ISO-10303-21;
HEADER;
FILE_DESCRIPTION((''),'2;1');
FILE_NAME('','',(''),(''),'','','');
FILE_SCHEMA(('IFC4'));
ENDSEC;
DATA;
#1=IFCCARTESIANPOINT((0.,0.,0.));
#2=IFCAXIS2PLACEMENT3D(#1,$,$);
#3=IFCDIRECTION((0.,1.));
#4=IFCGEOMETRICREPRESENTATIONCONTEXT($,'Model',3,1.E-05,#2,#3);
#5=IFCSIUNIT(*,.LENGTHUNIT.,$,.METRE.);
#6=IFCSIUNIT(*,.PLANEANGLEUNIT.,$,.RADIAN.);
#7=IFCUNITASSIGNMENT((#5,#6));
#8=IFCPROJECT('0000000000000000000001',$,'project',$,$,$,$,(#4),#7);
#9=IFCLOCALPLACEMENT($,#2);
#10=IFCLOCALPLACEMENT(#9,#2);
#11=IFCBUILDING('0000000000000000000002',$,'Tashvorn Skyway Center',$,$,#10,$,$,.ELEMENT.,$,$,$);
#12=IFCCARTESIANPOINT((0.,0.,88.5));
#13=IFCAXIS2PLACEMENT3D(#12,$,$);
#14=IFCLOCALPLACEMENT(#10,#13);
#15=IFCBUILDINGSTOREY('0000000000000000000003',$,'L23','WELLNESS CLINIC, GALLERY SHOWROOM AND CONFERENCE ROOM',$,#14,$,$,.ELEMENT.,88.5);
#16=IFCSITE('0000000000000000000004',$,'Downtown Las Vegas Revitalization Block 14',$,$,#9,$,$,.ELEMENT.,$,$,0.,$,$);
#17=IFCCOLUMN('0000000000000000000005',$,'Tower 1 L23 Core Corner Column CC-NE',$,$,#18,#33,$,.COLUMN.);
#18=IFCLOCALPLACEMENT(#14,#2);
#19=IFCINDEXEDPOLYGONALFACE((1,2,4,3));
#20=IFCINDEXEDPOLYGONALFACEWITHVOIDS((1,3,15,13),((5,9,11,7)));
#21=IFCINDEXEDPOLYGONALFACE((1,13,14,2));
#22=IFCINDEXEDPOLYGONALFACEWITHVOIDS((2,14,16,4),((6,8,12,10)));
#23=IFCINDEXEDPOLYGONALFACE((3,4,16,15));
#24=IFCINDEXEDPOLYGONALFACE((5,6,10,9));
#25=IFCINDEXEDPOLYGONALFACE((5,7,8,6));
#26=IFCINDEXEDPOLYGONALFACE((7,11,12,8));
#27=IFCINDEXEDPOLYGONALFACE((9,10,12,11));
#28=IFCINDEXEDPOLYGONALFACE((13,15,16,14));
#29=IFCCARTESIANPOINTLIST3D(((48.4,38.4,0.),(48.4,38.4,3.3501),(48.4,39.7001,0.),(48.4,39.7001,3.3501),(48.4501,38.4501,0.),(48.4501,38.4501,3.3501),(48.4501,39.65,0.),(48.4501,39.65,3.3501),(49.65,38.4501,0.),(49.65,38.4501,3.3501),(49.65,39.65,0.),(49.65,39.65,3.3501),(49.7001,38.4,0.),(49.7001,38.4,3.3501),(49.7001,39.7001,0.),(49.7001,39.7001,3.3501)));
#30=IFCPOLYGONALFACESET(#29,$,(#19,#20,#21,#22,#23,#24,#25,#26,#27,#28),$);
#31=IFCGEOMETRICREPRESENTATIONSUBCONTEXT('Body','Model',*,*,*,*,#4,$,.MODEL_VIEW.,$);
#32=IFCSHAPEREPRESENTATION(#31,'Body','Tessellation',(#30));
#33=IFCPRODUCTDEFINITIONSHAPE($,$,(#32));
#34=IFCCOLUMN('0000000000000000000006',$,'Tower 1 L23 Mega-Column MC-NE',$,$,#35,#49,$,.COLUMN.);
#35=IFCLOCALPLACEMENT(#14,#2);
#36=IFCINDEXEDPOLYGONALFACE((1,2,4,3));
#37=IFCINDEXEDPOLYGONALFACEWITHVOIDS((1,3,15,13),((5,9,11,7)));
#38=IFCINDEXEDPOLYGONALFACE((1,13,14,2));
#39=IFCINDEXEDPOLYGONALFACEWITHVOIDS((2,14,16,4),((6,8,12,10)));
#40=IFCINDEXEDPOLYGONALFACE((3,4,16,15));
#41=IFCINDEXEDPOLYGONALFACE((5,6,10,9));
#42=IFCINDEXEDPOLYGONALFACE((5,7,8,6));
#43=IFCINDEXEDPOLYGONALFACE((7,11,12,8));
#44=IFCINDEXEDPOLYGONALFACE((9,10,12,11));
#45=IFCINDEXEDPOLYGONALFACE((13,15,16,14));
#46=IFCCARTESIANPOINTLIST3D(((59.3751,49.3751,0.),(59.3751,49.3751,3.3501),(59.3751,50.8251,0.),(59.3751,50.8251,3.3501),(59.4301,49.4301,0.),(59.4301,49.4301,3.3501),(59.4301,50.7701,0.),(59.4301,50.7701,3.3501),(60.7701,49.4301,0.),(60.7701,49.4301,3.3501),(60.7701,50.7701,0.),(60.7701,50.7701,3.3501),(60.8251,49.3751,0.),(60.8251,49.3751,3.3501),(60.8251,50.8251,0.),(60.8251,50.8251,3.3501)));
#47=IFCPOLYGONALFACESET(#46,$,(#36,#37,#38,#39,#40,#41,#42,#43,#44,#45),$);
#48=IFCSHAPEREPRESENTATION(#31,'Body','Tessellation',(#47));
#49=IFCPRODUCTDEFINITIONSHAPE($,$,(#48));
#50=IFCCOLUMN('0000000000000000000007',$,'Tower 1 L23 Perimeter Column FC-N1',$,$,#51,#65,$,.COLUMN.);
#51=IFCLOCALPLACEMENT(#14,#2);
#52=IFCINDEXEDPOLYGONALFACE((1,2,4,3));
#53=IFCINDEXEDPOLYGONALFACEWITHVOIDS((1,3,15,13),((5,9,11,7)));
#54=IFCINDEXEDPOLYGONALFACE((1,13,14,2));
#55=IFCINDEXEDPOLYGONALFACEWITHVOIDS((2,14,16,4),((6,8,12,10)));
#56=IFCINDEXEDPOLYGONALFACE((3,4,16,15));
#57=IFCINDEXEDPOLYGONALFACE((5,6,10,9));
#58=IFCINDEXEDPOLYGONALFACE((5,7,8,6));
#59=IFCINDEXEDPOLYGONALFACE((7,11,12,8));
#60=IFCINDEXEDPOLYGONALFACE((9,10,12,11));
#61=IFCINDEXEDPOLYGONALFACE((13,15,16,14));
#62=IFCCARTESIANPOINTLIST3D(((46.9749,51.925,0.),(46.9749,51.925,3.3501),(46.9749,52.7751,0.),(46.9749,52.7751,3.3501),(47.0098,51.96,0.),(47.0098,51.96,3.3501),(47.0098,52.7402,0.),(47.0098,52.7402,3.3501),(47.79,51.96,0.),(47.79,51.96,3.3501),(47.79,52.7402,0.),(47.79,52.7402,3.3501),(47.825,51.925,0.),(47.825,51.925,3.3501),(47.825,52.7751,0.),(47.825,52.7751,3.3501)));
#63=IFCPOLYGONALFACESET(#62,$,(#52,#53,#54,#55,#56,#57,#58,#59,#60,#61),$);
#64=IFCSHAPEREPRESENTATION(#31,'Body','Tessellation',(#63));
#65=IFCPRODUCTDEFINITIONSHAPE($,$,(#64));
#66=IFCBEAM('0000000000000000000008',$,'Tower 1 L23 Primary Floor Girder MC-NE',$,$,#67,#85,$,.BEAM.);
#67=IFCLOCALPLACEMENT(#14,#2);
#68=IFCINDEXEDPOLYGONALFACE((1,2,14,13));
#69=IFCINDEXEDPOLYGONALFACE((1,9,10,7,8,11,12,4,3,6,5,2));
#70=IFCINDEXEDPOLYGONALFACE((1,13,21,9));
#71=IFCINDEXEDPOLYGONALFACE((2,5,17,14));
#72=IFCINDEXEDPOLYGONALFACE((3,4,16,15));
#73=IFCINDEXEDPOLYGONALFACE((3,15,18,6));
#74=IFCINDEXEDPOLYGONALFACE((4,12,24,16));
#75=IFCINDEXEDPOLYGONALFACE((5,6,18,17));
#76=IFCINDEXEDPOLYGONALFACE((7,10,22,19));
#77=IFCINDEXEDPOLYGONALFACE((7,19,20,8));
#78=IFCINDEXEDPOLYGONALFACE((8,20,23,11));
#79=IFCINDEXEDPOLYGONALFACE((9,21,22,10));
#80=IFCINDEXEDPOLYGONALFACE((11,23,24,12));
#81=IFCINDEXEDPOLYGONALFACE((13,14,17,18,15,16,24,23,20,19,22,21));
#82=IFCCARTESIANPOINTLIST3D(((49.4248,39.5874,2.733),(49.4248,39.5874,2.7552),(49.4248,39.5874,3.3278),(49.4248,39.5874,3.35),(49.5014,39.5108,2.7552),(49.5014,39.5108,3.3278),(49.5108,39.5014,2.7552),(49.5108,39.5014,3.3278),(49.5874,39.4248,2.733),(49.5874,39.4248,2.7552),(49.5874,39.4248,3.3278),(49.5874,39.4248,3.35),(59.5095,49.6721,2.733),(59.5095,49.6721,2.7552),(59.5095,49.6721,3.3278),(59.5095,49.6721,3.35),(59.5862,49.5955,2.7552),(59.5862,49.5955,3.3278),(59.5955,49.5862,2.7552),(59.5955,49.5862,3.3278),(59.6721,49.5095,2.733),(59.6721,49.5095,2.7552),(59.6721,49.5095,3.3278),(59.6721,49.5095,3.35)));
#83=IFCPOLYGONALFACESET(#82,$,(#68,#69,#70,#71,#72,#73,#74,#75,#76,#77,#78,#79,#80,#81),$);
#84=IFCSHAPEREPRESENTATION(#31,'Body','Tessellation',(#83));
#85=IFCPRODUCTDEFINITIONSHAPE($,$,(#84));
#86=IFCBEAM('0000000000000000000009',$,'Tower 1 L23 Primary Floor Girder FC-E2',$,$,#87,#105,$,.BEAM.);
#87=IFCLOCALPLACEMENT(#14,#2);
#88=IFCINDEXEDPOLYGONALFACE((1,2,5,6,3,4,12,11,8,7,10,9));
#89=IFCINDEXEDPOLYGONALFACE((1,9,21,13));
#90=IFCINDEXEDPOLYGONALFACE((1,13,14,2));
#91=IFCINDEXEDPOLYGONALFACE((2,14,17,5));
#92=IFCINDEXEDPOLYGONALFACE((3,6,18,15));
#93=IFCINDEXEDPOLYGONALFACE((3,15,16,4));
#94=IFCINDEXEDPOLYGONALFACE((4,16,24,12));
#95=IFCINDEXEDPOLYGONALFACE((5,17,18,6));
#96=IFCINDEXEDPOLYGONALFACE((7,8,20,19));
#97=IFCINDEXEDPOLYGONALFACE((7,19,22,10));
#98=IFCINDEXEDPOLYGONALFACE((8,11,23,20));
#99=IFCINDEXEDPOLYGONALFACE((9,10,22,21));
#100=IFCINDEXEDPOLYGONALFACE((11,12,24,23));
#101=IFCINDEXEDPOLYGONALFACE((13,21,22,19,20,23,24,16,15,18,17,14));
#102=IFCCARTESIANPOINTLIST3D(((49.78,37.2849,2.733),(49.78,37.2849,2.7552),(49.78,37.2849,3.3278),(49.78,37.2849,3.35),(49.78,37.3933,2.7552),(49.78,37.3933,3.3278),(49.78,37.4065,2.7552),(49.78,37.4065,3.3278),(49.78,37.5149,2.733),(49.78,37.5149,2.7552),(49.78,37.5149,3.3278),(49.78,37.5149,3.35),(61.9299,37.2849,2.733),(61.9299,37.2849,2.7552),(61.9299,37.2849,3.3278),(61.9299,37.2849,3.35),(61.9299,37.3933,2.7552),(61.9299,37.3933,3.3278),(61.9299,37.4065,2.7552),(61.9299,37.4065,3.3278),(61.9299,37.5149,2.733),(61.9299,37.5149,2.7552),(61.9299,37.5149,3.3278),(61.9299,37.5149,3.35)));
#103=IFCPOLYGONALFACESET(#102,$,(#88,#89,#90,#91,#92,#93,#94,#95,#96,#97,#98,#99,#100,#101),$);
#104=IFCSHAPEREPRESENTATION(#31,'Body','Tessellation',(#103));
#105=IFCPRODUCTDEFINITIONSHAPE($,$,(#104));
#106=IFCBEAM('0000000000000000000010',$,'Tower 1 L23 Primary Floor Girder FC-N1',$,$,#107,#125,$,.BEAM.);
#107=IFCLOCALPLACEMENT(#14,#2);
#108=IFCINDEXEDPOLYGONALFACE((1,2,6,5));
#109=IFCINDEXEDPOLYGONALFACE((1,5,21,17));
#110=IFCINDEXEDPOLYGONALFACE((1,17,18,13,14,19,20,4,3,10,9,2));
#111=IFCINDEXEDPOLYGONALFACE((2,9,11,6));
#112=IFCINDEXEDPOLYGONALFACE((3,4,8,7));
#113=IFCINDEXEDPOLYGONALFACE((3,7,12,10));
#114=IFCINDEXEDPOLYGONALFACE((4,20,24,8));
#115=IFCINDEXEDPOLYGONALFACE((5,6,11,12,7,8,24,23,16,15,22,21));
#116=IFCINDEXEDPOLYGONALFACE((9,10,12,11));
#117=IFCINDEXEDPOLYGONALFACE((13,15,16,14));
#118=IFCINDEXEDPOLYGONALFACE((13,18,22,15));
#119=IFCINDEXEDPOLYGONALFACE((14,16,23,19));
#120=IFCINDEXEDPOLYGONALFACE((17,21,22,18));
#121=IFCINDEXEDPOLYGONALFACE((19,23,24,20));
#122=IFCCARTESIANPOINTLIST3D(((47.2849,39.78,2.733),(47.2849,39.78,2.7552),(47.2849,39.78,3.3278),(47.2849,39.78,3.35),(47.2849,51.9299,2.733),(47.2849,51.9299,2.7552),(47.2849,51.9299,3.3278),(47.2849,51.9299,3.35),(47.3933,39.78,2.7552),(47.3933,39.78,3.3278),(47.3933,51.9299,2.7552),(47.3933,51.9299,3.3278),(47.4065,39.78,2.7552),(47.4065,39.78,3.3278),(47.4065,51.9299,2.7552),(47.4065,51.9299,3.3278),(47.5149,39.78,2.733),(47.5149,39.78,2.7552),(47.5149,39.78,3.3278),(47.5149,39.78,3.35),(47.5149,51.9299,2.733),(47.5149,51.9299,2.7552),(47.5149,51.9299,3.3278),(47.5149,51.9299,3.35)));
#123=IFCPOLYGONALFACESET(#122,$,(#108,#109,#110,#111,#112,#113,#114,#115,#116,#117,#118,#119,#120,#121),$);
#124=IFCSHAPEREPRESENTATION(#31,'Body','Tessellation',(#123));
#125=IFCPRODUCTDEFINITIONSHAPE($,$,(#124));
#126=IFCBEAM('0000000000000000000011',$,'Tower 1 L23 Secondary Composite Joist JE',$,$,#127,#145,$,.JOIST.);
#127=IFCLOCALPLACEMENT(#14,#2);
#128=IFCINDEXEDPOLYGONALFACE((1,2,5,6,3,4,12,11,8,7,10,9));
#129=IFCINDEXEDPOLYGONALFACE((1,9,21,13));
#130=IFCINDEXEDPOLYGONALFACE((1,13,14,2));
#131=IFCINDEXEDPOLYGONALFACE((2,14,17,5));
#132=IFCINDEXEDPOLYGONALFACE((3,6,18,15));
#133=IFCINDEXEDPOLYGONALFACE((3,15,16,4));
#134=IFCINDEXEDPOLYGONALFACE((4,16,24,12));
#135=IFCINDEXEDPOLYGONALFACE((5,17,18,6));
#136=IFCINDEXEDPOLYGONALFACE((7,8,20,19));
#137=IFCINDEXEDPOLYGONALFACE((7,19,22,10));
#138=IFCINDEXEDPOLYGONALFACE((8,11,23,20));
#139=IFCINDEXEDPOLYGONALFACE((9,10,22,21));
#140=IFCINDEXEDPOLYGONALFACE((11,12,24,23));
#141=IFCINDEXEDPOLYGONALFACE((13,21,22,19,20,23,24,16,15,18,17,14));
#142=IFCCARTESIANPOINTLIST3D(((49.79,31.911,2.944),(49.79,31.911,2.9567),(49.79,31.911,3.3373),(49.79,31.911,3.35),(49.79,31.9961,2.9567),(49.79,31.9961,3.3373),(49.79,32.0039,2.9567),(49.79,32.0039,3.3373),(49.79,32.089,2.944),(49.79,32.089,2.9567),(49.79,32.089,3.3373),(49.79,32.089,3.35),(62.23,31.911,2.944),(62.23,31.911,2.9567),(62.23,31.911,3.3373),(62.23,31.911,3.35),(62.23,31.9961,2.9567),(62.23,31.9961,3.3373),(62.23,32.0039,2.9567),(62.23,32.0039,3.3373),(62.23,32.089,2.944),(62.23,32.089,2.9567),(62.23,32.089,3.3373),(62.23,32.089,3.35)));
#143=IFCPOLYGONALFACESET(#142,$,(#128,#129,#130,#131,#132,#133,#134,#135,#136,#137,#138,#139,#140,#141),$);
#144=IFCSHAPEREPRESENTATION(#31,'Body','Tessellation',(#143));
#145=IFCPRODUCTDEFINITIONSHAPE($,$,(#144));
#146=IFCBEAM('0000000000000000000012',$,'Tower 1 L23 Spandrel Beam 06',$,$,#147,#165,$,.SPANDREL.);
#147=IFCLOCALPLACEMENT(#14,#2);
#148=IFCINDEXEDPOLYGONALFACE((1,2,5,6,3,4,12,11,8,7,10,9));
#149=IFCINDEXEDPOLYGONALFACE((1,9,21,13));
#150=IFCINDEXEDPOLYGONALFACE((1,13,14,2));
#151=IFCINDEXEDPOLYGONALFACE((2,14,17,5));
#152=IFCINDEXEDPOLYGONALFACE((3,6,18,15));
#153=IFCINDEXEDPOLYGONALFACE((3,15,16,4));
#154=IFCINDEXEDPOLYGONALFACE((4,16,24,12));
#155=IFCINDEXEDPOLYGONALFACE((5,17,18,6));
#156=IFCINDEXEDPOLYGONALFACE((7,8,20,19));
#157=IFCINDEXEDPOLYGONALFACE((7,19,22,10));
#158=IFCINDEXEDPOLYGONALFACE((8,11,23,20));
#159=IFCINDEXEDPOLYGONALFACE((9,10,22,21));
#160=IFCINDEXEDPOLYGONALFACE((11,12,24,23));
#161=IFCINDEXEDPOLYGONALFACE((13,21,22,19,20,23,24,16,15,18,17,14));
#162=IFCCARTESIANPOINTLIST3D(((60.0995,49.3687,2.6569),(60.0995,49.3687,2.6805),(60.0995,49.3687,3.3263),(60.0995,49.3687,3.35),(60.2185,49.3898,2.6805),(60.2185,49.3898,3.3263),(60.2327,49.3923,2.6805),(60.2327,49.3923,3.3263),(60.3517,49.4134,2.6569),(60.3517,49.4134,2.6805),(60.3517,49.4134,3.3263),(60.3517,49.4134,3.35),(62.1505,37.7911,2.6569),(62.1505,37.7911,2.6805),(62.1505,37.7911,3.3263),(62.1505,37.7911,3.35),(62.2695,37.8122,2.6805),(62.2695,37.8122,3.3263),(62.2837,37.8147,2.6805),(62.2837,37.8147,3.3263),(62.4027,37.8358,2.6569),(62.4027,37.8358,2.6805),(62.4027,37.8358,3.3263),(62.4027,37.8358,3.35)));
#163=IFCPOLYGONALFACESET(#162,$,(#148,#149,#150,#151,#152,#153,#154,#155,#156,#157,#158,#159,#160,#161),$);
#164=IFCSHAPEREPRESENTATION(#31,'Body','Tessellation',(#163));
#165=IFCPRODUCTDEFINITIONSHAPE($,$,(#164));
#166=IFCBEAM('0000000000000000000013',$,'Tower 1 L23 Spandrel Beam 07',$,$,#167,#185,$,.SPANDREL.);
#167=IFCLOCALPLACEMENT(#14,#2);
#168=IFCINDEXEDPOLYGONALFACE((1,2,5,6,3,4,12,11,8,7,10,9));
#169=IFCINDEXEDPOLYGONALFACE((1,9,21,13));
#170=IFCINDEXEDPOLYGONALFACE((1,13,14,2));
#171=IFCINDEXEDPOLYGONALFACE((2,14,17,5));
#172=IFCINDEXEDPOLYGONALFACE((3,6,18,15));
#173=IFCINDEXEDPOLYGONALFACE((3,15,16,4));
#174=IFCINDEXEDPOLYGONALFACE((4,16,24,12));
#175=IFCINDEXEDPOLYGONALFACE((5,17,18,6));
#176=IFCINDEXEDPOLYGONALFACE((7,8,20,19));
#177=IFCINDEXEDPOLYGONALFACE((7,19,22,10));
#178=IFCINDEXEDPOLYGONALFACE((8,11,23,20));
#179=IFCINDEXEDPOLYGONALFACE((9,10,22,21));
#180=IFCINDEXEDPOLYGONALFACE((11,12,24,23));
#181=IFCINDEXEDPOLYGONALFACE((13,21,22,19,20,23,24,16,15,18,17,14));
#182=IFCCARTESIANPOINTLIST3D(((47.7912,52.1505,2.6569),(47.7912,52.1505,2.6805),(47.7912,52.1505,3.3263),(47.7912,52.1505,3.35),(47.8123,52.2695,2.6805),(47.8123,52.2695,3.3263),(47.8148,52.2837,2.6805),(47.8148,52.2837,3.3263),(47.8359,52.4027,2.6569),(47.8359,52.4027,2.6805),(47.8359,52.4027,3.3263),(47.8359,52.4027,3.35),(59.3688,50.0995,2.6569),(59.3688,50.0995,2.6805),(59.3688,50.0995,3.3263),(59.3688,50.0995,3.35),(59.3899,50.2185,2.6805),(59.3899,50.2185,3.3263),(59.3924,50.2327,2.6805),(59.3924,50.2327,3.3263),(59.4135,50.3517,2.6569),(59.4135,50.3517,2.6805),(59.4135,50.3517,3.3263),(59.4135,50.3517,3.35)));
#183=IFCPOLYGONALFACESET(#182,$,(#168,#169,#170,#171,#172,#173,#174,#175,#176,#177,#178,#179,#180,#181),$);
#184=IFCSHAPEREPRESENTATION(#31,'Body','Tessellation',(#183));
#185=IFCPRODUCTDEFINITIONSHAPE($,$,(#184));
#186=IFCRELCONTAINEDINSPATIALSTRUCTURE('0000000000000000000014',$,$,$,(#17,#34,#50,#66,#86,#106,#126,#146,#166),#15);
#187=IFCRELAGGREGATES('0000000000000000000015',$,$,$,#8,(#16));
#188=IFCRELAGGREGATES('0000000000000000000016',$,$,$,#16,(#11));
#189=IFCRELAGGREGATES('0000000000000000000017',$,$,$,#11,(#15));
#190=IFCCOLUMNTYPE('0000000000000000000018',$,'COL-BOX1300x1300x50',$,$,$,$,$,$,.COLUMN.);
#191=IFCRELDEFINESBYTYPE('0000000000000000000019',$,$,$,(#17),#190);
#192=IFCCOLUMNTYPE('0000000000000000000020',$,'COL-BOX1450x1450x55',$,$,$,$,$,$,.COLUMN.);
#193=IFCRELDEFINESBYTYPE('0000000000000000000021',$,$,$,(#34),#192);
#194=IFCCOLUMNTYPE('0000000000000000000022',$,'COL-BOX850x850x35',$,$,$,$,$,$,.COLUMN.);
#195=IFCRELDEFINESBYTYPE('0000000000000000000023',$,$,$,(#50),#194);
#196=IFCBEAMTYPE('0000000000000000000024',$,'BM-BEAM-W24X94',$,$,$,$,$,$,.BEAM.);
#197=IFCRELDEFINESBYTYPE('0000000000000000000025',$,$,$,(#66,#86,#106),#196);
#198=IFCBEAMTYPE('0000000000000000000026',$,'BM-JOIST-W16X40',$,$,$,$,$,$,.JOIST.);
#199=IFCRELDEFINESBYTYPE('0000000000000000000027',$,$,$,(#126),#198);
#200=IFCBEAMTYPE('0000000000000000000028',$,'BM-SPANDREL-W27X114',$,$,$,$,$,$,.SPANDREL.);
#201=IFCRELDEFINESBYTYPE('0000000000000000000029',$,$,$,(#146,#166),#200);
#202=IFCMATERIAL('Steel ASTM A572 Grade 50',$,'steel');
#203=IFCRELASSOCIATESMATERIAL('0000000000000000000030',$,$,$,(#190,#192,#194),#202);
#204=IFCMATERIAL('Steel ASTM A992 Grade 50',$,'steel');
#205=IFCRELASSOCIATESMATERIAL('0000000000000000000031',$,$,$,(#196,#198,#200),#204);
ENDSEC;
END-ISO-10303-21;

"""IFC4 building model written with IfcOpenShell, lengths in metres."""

from ifc_helpers import new_model, si_unit, direction, frame, origin, origin_2d, place, context, subcontext, project, spatial, hollow_rectangle, i_section, extrude, material, material_profile, profile_set, type_object, element, save


model = new_model("IFC4")

# Units and contexts
model_context = context("Model", 3, precision=1e-05, world=origin(), true_north=direction((0.0, 1.0)))
body_context = subcontext(model_context, "Body", "Model", "MODEL_VIEW")
ifc_project = project(units=[si_unit("LENGTHUNIT", "METRE"), si_unit("PLANEANGLEUNIT", "RADIAN")], contexts=[model_context])

# Site, building, storey
site_placement = place(None, origin())
site = spatial("IfcSite", under=ifc_project, at=site_placement, Name="Downtown Las Vegas Revitalization Block 14", CompositionType="ELEMENT", RefElevation=0.0)
building_placement = place(site_placement, origin())
building = spatial("IfcBuilding", under=site, at=building_placement, Name="Tashvorn Skyway Center", CompositionType="ELEMENT")
storey_placement = place(building_placement, frame((0.0, 0.0, 88.5)))
storey = spatial("IfcBuildingStorey", under=building, at=storey_placement, Name="L23", Description="WELLNESS CLINIC, GALLERY SHOWROOM AND CONFERENCE ROOM", CompositionType="ELEMENT", Elevation=88.5)

# Columns
ifc_material_1 = material(Name="Steel ASTM A572 Grade 50", Category="steel")
ifc_material_profile_1 = material_profile(ifc_material_1, hollow_rectangle(XDim=1.3, YDim=1.3, WallThickness=0.05, at=origin_2d()), Name="BOX1300x1300x50")
ifc_profile_set_1 = profile_set([ifc_material_profile_1], Name="Steel ASTM A572 Grade 50")
column_type_1 = type_object("IfcColumnType", Name="COL-BOX1300x1300x50", PredefinedType="COLUMN", material=ifc_profile_set_1)
column_1_placement = place(storey_placement, frame((49.05, 39.05, 0.0), z_axis=(0.0, 0.0, 1.0), x_axis=(1.0, 0.0, 0.0)))
element("IfcColumn", 1, at=column_1_placement, inside=storey, type_object=column_type_1, Name="Tower 1 L23 Core Corner Column CC-NE", PredefinedType="COLUMN", context=body_context, shape_type="SweptSolid", body=[
    extrude(hollow_rectangle(XDim=1.3, YDim=1.3, WallThickness=0.05, at=origin_2d()), origin(), (0.0, 0.0, 1.0), 3.3501),
])
ifc_material_profile_2 = material_profile(ifc_material_1, hollow_rectangle(XDim=1.45, YDim=1.45, WallThickness=0.0549, at=origin_2d()), Name="BOX1450x1450x55")
ifc_profile_set_2 = profile_set([ifc_material_profile_2], Name="Steel ASTM A572 Grade 50")
column_type_2 = type_object("IfcColumnType", Name="COL-BOX1450x1450x55", PredefinedType="COLUMN", material=ifc_profile_set_2)
column_2_placement = place(storey_placement, frame((60.1001, 50.1001, 0.0), z_axis=(0.0, 0.0, 1.0), x_axis=(1.0, 0.0, 0.0)))
element("IfcColumn", 2, at=column_2_placement, inside=storey, type_object=column_type_2, Name="Tower 1 L23 Mega-Column MC-NE", PredefinedType="COLUMN", context=body_context, shape_type="SweptSolid", body=[
    extrude(hollow_rectangle(XDim=1.45, YDim=1.45, WallThickness=0.0549, at=origin_2d()), origin(), (0.0, 0.0, 1.0), 3.3501),
])
ifc_material_profile_3 = material_profile(ifc_material_1, hollow_rectangle(XDim=0.8501, YDim=0.8501, WallThickness=0.0349, at=origin_2d()), Name="BOX850x850x35")
ifc_profile_set_3 = profile_set([ifc_material_profile_3], Name="Steel ASTM A572 Grade 50")
column_type_3 = type_object("IfcColumnType", Name="COL-BOX850x850x35", PredefinedType="COLUMN", material=ifc_profile_set_3)
column_3_placement = place(storey_placement, frame((47.3999, 52.3501, 0.0), z_axis=(0.0, 0.0, 1.0), x_axis=(1.0, 0.0, 0.0)))
element("IfcColumn", 3, at=column_3_placement, inside=storey, type_object=column_type_3, Name="Tower 1 L23 Perimeter Column FC-N1", PredefinedType="COLUMN", context=body_context, shape_type="SweptSolid", body=[
    extrude(hollow_rectangle(XDim=0.8501, YDim=0.8501, WallThickness=0.0349, at=origin_2d()), origin(), (0.0, 0.0, 1.0), 3.3501),
])

# Beams
ifc_material_2 = material(Name="Steel ASTM A992 Grade 50", Category="steel")
ifc_material_profile_4 = material_profile(ifc_material_2, i_section(OverallWidth=0.23, OverallDepth=0.6169, WebThickness=0.0132, FlangeThickness=0.0222, at=origin_2d()), Name="W24X94")
ifc_profile_set_4 = profile_set([ifc_material_profile_4], Name="Steel ASTM A992 Grade 50")
beam_type_1 = type_object("IfcBeamType", Name="BM-BEAM-W24X94", PredefinedType="BEAM", material=ifc_profile_set_4)
beam_1_placement = place(storey_placement, frame((59.5908, 49.5908, 3.0415), z_axis=(-0.707107, -0.707107, 0.0), x_axis=(0.707107, -0.707107, 0.0)))
element("IfcBeam", 4, at=beam_1_placement, inside=storey, type_object=beam_type_1, Name="Tower 1 L23 Primary Floor Girder MC-NE", PredefinedType="BEAM", context=body_context, shape_type="SweptSolid", body=[
    extrude(i_section(OverallWidth=0.23, OverallDepth=0.6169, WebThickness=0.0132, FlangeThickness=0.0222, at=origin_2d()), origin(), (0.0, 0.0, 1.0), 14.262),
])
for number, where, z_axis, x_axis, name in (
    (5, (61.9299, 37.3999, 3.0415), (-1.0, 0.0, 0.0), (0.0, -1.0, 0.0), "Tower 1 L23 Primary Floor Girder FC-E2"),
    (6, (47.3999, 51.9299, 3.0415), (0.0, -1.0, 0.0), (1.0, 0.0, 0.0), "Tower 1 L23 Primary Floor Girder FC-N1"),
):
    element("IfcBeam", number, at=place(storey_placement, frame(where, z_axis=z_axis, x_axis=x_axis)), inside=storey, type_object=beam_type_1, Name=name, PredefinedType="BEAM", context=body_context, shape_type="SweptSolid", body=[
        extrude(i_section(OverallWidth=0.23, OverallDepth=0.6169, WebThickness=0.0132, FlangeThickness=0.0222, at=origin_2d()), origin(), (0.0, 0.0, 1.0), 12.1499),
    ])
ifc_material_profile_5 = material_profile(ifc_material_2, i_section(OverallWidth=0.178, OverallDepth=0.406, WebThickness=0.0078, FlangeThickness=0.0127, at=origin_2d()), Name="W16X40")
ifc_profile_set_5 = profile_set([ifc_material_profile_5], Name="Steel ASTM A992 Grade 50")
beam_type_2 = type_object("IfcBeamType", Name="BM-JOIST-W16X40", PredefinedType="JOIST", material=ifc_profile_set_5)
beam_2_placement = place(storey_placement, frame((49.79, 32.0, 3.147), z_axis=(1.0, 0.0, 0.0), x_axis=(0.0, 1.0, 0.0)))
element("IfcBeam", 7, at=beam_2_placement, inside=storey, type_object=beam_type_2, Name="Tower 1 L23 Secondary Composite Joist JE", PredefinedType="JOIST", context=body_context, shape_type="SweptSolid", body=[
    extrude(i_section(OverallWidth=0.178, OverallDepth=0.406, WebThickness=0.0078, FlangeThickness=0.0127, at=origin_2d()), origin(), (0.0, 0.0, 1.0), 12.4399),
])
ifc_material_profile_6 = material_profile(ifc_material_2, i_section(OverallWidth=0.2561, OverallDepth=0.6931, WebThickness=0.0144, FlangeThickness=0.0237, at=origin_2d()), Name="W27X114")
ifc_profile_set_6 = profile_set([ifc_material_profile_6], Name="Steel ASTM A992 Grade 50")
beam_type_3 = type_object("IfcBeamType", Name="BM-SPANDREL-W27X114", PredefinedType="SPANDREL", material=ifc_profile_set_6)
for number, where, z_axis, x_axis, name in (
    (8, (62.2766, 37.8135, 3.0034), (-0.174438, 0.984668, 0.0), (-0.984668, -0.174438, 0.0), "Tower 1 L23 Spandrel Beam 06"),
    (9, (59.3911, 50.2256, 3.0034), (-0.984668, 0.174438, 0.0), (-0.174438, -0.984668, 0.0), "Tower 1 L23 Spandrel Beam 07"),
):
    element("IfcBeam", number, at=place(storey_placement, frame(where, z_axis=z_axis, x_axis=x_axis)), inside=storey, type_object=beam_type_3, Name=name, PredefinedType="SPANDREL", context=body_context, shape_type="SweptSolid", body=[
        extrude(i_section(OverallWidth=0.2561, OverallDepth=0.6931, WebThickness=0.0144, FlangeThickness=0.0237, at=origin_2d()), origin(), (0.0, 0.0, 1.0), 11.7578),
    ])

save(model, "model.ifc")
